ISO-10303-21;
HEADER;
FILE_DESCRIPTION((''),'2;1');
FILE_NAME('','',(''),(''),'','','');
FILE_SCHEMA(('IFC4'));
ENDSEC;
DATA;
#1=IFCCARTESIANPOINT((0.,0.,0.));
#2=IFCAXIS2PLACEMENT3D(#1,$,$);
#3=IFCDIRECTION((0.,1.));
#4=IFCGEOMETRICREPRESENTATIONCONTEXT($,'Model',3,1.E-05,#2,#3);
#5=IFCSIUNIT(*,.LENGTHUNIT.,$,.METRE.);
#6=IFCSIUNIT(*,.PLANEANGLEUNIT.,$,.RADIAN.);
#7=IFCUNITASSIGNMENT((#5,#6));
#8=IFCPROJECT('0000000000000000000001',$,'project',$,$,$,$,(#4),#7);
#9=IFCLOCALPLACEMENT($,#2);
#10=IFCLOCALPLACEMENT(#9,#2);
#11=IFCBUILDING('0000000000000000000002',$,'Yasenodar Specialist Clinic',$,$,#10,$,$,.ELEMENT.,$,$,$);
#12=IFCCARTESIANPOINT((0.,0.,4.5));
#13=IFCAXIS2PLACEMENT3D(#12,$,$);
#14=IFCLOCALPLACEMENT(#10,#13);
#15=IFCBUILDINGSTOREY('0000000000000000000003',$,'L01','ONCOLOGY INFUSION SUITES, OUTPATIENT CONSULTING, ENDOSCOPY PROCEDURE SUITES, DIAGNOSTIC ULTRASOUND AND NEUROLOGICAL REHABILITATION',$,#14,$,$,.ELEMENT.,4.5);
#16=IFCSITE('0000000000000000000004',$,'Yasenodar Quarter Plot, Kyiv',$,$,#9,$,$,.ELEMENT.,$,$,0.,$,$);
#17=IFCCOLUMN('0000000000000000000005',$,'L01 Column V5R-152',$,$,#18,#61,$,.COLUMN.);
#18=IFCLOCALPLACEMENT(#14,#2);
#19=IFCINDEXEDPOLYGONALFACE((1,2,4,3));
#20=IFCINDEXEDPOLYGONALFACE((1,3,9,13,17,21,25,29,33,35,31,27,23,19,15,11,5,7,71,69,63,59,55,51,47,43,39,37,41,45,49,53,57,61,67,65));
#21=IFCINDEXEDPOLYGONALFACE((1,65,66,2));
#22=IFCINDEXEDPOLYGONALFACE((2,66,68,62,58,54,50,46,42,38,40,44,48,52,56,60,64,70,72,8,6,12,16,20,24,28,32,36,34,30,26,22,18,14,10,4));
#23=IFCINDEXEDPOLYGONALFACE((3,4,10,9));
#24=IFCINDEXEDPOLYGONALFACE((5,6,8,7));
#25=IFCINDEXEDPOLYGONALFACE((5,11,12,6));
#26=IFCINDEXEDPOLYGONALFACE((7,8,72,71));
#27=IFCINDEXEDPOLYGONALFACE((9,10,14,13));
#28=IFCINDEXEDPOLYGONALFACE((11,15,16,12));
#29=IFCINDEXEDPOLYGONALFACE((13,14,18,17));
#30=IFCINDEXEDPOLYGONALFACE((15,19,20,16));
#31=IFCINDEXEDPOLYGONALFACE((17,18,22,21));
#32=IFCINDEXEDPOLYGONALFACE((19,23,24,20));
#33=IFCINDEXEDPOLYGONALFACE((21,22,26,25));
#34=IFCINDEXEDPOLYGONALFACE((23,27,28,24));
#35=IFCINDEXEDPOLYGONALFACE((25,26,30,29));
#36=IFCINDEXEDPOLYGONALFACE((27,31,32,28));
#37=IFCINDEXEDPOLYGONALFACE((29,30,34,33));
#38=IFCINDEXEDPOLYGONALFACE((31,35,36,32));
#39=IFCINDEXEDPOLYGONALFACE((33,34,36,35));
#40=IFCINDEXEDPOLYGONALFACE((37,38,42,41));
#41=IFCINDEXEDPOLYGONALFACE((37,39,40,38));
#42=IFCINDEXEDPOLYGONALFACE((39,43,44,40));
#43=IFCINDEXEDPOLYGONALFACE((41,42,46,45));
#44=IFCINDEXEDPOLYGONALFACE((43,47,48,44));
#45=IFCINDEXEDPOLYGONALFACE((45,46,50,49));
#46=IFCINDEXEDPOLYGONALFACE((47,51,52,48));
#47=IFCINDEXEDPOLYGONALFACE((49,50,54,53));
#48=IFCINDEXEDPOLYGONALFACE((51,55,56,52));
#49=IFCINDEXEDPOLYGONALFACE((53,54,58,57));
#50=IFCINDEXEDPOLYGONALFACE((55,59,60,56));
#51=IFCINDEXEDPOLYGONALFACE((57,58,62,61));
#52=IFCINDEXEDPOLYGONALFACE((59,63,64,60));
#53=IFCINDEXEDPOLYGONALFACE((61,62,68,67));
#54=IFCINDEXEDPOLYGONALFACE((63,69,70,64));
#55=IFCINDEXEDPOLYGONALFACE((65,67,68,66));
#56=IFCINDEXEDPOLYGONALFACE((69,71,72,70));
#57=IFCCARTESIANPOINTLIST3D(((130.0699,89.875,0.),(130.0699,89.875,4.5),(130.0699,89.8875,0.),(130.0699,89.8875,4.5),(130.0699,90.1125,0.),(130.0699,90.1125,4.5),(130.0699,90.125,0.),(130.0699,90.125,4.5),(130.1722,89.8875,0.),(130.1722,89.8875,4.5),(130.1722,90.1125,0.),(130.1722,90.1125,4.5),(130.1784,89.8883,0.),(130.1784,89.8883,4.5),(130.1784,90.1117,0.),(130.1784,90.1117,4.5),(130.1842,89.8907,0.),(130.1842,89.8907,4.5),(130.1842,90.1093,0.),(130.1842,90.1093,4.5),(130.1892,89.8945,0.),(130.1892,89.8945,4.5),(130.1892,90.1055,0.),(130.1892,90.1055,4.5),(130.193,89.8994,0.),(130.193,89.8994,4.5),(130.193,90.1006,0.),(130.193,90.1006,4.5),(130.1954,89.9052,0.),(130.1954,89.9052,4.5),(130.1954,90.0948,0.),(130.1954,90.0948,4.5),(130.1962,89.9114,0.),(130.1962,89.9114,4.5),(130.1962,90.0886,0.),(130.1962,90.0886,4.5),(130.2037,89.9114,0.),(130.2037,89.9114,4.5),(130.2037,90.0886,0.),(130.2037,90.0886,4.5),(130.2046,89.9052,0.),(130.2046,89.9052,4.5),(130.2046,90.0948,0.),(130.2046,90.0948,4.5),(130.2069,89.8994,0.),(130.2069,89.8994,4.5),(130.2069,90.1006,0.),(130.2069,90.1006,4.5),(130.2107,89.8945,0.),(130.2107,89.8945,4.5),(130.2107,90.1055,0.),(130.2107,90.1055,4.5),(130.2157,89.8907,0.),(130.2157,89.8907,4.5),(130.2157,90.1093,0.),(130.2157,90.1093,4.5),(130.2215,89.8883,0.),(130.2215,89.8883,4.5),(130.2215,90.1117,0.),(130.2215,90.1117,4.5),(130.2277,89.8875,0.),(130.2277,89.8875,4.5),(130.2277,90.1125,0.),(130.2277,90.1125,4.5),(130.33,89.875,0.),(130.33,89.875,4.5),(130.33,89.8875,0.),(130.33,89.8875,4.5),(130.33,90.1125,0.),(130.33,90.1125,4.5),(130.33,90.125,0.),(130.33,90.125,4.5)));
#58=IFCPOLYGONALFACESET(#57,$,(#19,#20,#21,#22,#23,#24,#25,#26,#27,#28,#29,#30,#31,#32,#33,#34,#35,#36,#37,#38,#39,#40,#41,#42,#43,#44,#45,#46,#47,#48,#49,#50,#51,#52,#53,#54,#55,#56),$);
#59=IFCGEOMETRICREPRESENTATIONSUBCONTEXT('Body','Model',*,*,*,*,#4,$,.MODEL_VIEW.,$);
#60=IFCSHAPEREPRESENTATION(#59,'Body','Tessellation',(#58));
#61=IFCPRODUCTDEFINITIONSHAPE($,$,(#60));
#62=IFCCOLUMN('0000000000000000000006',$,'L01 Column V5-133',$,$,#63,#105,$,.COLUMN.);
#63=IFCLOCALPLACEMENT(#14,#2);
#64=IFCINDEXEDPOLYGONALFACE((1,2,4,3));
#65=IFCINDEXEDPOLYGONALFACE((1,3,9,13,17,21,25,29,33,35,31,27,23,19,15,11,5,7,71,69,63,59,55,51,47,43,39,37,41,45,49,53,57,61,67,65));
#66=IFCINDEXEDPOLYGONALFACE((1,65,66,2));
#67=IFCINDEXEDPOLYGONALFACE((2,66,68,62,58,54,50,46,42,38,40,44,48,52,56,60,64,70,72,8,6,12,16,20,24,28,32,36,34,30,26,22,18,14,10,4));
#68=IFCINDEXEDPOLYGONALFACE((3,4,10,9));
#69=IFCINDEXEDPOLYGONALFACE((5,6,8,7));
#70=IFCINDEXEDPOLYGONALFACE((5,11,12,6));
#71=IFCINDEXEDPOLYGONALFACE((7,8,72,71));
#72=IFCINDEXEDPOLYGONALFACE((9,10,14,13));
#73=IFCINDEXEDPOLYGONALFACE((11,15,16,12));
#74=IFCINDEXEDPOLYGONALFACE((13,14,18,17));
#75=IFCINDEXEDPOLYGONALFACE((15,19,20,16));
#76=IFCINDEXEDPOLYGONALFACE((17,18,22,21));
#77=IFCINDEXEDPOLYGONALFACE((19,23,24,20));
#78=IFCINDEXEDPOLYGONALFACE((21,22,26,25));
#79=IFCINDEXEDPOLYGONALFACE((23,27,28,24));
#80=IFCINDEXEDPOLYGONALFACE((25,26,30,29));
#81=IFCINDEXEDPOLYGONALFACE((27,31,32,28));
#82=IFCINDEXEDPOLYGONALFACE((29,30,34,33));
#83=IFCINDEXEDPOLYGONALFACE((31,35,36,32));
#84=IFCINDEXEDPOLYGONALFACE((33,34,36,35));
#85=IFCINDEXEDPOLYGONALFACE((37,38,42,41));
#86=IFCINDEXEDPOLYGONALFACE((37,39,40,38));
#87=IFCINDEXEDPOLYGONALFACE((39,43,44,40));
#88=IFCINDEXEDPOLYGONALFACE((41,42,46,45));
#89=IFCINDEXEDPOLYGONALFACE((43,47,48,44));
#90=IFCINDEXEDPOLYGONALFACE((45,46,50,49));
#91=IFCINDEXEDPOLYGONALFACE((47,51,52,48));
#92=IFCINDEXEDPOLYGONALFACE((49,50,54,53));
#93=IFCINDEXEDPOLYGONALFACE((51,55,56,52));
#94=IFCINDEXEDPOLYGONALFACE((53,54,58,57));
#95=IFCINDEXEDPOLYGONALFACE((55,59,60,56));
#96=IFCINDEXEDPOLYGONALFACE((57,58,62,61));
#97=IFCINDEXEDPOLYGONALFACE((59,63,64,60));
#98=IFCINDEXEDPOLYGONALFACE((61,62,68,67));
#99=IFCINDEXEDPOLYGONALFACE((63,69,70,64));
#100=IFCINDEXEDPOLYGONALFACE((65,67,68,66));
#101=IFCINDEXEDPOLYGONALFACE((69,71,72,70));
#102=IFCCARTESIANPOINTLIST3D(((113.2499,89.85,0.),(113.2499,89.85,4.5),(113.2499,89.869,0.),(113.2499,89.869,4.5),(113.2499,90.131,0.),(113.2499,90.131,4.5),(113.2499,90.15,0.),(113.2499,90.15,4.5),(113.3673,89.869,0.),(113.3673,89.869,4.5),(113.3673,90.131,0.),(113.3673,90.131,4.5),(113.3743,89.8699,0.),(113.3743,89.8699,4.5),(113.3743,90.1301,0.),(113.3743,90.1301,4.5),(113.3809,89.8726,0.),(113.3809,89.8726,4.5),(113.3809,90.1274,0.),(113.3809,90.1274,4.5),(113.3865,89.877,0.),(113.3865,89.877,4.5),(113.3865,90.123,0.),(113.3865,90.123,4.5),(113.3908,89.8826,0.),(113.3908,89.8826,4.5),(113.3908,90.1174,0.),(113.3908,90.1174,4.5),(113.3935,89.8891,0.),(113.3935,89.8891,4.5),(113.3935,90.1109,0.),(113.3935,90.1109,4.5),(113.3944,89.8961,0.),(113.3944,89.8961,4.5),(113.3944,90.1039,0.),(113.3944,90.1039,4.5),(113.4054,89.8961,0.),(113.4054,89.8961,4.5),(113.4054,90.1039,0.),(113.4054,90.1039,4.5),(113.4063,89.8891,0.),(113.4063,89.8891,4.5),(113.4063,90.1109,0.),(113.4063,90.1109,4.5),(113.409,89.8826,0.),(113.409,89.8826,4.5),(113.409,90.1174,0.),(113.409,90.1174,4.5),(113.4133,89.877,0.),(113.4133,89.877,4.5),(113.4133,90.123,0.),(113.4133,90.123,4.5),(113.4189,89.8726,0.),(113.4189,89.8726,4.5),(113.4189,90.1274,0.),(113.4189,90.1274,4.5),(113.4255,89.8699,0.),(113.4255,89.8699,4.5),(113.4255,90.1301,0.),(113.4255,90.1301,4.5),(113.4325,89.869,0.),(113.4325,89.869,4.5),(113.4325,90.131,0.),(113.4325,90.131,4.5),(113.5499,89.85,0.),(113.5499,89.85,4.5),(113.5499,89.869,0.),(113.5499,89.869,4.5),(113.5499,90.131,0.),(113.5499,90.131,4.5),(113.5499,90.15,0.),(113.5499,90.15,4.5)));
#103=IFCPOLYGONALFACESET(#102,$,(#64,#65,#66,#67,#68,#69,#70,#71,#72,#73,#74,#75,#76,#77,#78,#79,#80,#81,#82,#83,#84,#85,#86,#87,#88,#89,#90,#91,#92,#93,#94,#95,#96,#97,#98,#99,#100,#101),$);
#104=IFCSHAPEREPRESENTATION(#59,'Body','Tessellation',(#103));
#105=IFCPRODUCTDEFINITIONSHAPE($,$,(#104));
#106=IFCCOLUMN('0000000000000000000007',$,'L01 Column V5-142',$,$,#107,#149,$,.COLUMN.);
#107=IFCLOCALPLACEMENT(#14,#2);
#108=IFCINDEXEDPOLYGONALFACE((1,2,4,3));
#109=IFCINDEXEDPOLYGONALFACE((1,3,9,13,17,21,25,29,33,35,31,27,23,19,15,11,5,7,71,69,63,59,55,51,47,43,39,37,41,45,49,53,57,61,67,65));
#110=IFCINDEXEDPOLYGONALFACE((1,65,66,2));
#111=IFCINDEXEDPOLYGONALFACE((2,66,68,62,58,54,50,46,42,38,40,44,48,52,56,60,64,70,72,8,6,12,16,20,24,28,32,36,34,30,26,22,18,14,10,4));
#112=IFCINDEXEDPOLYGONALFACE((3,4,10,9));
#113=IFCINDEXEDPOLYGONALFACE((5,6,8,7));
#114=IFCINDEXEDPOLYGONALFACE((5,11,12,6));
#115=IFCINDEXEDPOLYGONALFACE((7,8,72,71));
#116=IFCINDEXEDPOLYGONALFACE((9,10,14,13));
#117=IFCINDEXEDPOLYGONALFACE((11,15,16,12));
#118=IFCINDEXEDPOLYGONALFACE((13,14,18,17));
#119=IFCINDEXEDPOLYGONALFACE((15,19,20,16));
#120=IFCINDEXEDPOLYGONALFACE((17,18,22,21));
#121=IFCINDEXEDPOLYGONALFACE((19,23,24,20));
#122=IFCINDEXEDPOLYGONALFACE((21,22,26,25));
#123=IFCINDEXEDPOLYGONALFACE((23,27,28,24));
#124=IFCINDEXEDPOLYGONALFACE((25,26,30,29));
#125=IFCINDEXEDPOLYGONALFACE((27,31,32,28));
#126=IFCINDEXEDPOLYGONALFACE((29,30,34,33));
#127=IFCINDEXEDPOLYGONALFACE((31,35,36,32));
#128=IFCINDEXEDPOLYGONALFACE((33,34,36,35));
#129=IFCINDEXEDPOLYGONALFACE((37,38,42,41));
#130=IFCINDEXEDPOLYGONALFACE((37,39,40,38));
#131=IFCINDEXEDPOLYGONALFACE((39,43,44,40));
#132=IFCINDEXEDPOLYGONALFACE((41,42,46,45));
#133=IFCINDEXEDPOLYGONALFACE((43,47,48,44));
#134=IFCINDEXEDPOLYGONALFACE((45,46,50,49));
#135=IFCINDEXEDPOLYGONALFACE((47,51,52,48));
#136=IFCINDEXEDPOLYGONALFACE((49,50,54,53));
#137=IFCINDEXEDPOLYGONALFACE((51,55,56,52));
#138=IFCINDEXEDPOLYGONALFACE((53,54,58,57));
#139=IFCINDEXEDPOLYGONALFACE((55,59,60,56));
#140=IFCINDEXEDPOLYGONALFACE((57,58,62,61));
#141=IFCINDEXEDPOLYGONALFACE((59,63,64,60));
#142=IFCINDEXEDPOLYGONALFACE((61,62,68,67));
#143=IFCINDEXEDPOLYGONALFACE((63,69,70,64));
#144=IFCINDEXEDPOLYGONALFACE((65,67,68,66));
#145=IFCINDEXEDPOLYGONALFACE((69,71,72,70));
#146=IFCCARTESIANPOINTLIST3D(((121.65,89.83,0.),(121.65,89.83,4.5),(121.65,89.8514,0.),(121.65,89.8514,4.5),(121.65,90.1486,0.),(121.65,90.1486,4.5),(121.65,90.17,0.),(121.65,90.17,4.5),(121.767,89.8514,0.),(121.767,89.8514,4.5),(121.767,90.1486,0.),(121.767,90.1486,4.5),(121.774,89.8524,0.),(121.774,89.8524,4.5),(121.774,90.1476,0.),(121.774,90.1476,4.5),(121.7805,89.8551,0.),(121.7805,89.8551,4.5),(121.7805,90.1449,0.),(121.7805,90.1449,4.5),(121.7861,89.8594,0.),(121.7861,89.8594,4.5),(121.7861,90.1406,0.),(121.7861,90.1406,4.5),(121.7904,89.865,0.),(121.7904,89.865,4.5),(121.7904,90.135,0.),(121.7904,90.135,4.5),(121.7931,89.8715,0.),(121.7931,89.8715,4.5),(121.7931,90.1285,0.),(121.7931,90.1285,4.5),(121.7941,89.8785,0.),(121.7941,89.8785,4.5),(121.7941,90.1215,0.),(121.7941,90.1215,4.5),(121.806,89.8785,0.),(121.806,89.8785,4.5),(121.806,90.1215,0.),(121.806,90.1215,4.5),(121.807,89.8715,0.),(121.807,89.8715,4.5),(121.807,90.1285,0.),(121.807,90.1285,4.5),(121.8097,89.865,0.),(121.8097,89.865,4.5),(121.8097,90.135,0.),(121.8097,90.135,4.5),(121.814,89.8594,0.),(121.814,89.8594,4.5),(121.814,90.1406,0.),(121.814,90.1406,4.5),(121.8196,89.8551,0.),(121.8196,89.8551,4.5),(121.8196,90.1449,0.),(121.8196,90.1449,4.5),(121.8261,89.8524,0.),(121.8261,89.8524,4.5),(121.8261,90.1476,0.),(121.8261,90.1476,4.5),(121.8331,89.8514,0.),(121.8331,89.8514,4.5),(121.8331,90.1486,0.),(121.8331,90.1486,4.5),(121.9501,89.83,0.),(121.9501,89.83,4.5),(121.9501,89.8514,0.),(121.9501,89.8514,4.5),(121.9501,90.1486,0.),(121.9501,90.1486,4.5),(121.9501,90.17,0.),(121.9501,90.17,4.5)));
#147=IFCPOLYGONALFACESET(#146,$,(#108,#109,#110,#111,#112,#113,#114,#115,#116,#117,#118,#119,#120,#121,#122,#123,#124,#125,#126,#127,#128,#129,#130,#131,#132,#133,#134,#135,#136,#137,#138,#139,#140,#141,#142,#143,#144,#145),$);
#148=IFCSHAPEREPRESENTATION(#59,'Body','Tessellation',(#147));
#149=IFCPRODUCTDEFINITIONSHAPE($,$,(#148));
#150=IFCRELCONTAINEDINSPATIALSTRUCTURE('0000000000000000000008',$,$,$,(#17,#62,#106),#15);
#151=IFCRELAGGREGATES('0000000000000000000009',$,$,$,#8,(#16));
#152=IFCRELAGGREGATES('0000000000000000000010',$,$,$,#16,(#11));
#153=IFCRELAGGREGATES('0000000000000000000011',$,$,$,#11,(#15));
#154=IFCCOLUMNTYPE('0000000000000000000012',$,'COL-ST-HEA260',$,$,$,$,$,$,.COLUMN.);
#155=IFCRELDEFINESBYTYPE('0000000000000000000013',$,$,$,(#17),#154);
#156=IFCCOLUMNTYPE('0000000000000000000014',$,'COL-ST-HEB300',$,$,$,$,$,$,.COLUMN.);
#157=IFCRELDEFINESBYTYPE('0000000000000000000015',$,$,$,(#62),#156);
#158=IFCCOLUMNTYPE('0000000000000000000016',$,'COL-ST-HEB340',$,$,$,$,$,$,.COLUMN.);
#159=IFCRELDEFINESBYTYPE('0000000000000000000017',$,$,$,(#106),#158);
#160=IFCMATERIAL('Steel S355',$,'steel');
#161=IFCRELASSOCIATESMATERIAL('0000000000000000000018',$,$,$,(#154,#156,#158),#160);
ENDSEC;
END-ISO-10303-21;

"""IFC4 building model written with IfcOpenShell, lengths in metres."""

from ifc_helpers import new_model, si_unit, direction, frame, origin, origin_2d, place, context, subcontext, project, spatial, i_section, extrude, material, material_profile, profile_set, type_object, element, save


model = new_model("IFC4")

# Units and contexts
model_context = context("Model", 3, precision=1e-05, world=origin(), true_north=direction((0.0, 1.0)))
body_context = subcontext(model_context, "Body", "Model", "MODEL_VIEW")
ifc_project = project(units=[si_unit("LENGTHUNIT", "METRE"), si_unit("PLANEANGLEUNIT", "RADIAN")], contexts=[model_context])

# Site, building, storey
site_placement = place(None, origin())
site = spatial("IfcSite", under=ifc_project, at=site_placement, Name="Yasenodar Quarter Plot, Kyiv", CompositionType="ELEMENT", RefElevation=0.0)
building_placement = place(site_placement, origin())
building = spatial("IfcBuilding", under=site, at=building_placement, Name="Yasenodar Specialist Clinic", CompositionType="ELEMENT")
storey_placement = place(building_placement, frame((0.0, 0.0, 4.5)))
storey = spatial("IfcBuildingStorey", under=building, at=storey_placement, Name="L01", Description="ONCOLOGY INFUSION SUITES, OUTPATIENT CONSULTING, ENDOSCOPY PROCEDURE SUITES, DIAGNOSTIC ULTRASOUND AND NEUROLOGICAL REHABILITATION", CompositionType="ELEMENT", Elevation=4.5)

# Columns
ifc_material_1 = material(Name="Steel S355", Category="steel")
ifc_material_profile_1 = material_profile(ifc_material_1, i_section(OverallWidth=0.26, OverallDepth=0.25, WebThickness=0.0076, FlangeThickness=0.0125, FilletRadius=0.0239, at=origin_2d()), Name="HEA 260")
ifc_profile_set_1 = profile_set([ifc_material_profile_1], Name="Steel S355")
column_type_1 = type_object("IfcColumnType", Name="COL-ST-HEA260", PredefinedType="COLUMN", material=ifc_profile_set_1)
column_1_placement = place(storey_placement, frame((130.2, 90.0, 0.0), z_axis=(0.0, 0.0, 1.0), x_axis=(1.0, 0.0, 0.0)))
element("IfcColumn", 1, at=column_1_placement, inside=storey, type_object=column_type_1, Name="L01 Column V5R-152", PredefinedType="COLUMN", context=body_context, shape_type="SweptSolid", body=[
    extrude(i_section(OverallWidth=0.26, OverallDepth=0.25, WebThickness=0.0076, FlangeThickness=0.0125, FilletRadius=0.0239, at=origin_2d()), origin(), (0.0, 0.0, 1.0), 4.5),
])
ifc_material_profile_2 = material_profile(ifc_material_1, i_section(OverallWidth=0.3, OverallDepth=0.3, WebThickness=0.011, FlangeThickness=0.019, FilletRadius=0.0271, at=origin_2d()), Name="HEB 300")
ifc_profile_set_2 = profile_set([ifc_material_profile_2], Name="Steel S355")
column_type_2 = type_object("IfcColumnType", Name="COL-ST-HEB300", PredefinedType="COLUMN", material=ifc_profile_set_2)
column_2_placement = place(storey_placement, frame((113.3999, 90.0, 0.0), z_axis=(0.0, 0.0, 1.0), x_axis=(1.0, 0.0, 0.0)))
element("IfcColumn", 2, at=column_2_placement, inside=storey, type_object=column_type_2, Name="L01 Column V5-133", PredefinedType="COLUMN", context=body_context, shape_type="SweptSolid", body=[
    extrude(i_section(OverallWidth=0.3, OverallDepth=0.3, WebThickness=0.011, FlangeThickness=0.019, FilletRadius=0.0271, at=origin_2d()), origin(), (0.0, 0.0, 1.0), 4.5),
])
ifc_material_profile_3 = material_profile(ifc_material_1, i_section(OverallWidth=0.3, OverallDepth=0.3401, WebThickness=0.012, FlangeThickness=0.0215, FilletRadius=0.0271, at=origin_2d()), Name="HEB 340")
ifc_profile_set_3 = profile_set([ifc_material_profile_3], Name="Steel S355")
column_type_3 = type_object("IfcColumnType", Name="COL-ST-HEB340", PredefinedType="COLUMN", material=ifc_profile_set_3)
column_3_placement = place(storey_placement, frame((121.8, 90.0, 0.0), z_axis=(0.0, 0.0, 1.0), x_axis=(1.0, 0.0, 0.0)))
element("IfcColumn", 3, at=column_3_placement, inside=storey, type_object=column_type_3, Name="L01 Column V5-142", PredefinedType="COLUMN", context=body_context, shape_type="SweptSolid", body=[
    extrude(i_section(OverallWidth=0.3, OverallDepth=0.3401, WebThickness=0.012, FlangeThickness=0.0215, FilletRadius=0.0271, at=origin_2d()), origin(), (0.0, 0.0, 1.0), 4.5),
])

save(model, "model.ifc")
